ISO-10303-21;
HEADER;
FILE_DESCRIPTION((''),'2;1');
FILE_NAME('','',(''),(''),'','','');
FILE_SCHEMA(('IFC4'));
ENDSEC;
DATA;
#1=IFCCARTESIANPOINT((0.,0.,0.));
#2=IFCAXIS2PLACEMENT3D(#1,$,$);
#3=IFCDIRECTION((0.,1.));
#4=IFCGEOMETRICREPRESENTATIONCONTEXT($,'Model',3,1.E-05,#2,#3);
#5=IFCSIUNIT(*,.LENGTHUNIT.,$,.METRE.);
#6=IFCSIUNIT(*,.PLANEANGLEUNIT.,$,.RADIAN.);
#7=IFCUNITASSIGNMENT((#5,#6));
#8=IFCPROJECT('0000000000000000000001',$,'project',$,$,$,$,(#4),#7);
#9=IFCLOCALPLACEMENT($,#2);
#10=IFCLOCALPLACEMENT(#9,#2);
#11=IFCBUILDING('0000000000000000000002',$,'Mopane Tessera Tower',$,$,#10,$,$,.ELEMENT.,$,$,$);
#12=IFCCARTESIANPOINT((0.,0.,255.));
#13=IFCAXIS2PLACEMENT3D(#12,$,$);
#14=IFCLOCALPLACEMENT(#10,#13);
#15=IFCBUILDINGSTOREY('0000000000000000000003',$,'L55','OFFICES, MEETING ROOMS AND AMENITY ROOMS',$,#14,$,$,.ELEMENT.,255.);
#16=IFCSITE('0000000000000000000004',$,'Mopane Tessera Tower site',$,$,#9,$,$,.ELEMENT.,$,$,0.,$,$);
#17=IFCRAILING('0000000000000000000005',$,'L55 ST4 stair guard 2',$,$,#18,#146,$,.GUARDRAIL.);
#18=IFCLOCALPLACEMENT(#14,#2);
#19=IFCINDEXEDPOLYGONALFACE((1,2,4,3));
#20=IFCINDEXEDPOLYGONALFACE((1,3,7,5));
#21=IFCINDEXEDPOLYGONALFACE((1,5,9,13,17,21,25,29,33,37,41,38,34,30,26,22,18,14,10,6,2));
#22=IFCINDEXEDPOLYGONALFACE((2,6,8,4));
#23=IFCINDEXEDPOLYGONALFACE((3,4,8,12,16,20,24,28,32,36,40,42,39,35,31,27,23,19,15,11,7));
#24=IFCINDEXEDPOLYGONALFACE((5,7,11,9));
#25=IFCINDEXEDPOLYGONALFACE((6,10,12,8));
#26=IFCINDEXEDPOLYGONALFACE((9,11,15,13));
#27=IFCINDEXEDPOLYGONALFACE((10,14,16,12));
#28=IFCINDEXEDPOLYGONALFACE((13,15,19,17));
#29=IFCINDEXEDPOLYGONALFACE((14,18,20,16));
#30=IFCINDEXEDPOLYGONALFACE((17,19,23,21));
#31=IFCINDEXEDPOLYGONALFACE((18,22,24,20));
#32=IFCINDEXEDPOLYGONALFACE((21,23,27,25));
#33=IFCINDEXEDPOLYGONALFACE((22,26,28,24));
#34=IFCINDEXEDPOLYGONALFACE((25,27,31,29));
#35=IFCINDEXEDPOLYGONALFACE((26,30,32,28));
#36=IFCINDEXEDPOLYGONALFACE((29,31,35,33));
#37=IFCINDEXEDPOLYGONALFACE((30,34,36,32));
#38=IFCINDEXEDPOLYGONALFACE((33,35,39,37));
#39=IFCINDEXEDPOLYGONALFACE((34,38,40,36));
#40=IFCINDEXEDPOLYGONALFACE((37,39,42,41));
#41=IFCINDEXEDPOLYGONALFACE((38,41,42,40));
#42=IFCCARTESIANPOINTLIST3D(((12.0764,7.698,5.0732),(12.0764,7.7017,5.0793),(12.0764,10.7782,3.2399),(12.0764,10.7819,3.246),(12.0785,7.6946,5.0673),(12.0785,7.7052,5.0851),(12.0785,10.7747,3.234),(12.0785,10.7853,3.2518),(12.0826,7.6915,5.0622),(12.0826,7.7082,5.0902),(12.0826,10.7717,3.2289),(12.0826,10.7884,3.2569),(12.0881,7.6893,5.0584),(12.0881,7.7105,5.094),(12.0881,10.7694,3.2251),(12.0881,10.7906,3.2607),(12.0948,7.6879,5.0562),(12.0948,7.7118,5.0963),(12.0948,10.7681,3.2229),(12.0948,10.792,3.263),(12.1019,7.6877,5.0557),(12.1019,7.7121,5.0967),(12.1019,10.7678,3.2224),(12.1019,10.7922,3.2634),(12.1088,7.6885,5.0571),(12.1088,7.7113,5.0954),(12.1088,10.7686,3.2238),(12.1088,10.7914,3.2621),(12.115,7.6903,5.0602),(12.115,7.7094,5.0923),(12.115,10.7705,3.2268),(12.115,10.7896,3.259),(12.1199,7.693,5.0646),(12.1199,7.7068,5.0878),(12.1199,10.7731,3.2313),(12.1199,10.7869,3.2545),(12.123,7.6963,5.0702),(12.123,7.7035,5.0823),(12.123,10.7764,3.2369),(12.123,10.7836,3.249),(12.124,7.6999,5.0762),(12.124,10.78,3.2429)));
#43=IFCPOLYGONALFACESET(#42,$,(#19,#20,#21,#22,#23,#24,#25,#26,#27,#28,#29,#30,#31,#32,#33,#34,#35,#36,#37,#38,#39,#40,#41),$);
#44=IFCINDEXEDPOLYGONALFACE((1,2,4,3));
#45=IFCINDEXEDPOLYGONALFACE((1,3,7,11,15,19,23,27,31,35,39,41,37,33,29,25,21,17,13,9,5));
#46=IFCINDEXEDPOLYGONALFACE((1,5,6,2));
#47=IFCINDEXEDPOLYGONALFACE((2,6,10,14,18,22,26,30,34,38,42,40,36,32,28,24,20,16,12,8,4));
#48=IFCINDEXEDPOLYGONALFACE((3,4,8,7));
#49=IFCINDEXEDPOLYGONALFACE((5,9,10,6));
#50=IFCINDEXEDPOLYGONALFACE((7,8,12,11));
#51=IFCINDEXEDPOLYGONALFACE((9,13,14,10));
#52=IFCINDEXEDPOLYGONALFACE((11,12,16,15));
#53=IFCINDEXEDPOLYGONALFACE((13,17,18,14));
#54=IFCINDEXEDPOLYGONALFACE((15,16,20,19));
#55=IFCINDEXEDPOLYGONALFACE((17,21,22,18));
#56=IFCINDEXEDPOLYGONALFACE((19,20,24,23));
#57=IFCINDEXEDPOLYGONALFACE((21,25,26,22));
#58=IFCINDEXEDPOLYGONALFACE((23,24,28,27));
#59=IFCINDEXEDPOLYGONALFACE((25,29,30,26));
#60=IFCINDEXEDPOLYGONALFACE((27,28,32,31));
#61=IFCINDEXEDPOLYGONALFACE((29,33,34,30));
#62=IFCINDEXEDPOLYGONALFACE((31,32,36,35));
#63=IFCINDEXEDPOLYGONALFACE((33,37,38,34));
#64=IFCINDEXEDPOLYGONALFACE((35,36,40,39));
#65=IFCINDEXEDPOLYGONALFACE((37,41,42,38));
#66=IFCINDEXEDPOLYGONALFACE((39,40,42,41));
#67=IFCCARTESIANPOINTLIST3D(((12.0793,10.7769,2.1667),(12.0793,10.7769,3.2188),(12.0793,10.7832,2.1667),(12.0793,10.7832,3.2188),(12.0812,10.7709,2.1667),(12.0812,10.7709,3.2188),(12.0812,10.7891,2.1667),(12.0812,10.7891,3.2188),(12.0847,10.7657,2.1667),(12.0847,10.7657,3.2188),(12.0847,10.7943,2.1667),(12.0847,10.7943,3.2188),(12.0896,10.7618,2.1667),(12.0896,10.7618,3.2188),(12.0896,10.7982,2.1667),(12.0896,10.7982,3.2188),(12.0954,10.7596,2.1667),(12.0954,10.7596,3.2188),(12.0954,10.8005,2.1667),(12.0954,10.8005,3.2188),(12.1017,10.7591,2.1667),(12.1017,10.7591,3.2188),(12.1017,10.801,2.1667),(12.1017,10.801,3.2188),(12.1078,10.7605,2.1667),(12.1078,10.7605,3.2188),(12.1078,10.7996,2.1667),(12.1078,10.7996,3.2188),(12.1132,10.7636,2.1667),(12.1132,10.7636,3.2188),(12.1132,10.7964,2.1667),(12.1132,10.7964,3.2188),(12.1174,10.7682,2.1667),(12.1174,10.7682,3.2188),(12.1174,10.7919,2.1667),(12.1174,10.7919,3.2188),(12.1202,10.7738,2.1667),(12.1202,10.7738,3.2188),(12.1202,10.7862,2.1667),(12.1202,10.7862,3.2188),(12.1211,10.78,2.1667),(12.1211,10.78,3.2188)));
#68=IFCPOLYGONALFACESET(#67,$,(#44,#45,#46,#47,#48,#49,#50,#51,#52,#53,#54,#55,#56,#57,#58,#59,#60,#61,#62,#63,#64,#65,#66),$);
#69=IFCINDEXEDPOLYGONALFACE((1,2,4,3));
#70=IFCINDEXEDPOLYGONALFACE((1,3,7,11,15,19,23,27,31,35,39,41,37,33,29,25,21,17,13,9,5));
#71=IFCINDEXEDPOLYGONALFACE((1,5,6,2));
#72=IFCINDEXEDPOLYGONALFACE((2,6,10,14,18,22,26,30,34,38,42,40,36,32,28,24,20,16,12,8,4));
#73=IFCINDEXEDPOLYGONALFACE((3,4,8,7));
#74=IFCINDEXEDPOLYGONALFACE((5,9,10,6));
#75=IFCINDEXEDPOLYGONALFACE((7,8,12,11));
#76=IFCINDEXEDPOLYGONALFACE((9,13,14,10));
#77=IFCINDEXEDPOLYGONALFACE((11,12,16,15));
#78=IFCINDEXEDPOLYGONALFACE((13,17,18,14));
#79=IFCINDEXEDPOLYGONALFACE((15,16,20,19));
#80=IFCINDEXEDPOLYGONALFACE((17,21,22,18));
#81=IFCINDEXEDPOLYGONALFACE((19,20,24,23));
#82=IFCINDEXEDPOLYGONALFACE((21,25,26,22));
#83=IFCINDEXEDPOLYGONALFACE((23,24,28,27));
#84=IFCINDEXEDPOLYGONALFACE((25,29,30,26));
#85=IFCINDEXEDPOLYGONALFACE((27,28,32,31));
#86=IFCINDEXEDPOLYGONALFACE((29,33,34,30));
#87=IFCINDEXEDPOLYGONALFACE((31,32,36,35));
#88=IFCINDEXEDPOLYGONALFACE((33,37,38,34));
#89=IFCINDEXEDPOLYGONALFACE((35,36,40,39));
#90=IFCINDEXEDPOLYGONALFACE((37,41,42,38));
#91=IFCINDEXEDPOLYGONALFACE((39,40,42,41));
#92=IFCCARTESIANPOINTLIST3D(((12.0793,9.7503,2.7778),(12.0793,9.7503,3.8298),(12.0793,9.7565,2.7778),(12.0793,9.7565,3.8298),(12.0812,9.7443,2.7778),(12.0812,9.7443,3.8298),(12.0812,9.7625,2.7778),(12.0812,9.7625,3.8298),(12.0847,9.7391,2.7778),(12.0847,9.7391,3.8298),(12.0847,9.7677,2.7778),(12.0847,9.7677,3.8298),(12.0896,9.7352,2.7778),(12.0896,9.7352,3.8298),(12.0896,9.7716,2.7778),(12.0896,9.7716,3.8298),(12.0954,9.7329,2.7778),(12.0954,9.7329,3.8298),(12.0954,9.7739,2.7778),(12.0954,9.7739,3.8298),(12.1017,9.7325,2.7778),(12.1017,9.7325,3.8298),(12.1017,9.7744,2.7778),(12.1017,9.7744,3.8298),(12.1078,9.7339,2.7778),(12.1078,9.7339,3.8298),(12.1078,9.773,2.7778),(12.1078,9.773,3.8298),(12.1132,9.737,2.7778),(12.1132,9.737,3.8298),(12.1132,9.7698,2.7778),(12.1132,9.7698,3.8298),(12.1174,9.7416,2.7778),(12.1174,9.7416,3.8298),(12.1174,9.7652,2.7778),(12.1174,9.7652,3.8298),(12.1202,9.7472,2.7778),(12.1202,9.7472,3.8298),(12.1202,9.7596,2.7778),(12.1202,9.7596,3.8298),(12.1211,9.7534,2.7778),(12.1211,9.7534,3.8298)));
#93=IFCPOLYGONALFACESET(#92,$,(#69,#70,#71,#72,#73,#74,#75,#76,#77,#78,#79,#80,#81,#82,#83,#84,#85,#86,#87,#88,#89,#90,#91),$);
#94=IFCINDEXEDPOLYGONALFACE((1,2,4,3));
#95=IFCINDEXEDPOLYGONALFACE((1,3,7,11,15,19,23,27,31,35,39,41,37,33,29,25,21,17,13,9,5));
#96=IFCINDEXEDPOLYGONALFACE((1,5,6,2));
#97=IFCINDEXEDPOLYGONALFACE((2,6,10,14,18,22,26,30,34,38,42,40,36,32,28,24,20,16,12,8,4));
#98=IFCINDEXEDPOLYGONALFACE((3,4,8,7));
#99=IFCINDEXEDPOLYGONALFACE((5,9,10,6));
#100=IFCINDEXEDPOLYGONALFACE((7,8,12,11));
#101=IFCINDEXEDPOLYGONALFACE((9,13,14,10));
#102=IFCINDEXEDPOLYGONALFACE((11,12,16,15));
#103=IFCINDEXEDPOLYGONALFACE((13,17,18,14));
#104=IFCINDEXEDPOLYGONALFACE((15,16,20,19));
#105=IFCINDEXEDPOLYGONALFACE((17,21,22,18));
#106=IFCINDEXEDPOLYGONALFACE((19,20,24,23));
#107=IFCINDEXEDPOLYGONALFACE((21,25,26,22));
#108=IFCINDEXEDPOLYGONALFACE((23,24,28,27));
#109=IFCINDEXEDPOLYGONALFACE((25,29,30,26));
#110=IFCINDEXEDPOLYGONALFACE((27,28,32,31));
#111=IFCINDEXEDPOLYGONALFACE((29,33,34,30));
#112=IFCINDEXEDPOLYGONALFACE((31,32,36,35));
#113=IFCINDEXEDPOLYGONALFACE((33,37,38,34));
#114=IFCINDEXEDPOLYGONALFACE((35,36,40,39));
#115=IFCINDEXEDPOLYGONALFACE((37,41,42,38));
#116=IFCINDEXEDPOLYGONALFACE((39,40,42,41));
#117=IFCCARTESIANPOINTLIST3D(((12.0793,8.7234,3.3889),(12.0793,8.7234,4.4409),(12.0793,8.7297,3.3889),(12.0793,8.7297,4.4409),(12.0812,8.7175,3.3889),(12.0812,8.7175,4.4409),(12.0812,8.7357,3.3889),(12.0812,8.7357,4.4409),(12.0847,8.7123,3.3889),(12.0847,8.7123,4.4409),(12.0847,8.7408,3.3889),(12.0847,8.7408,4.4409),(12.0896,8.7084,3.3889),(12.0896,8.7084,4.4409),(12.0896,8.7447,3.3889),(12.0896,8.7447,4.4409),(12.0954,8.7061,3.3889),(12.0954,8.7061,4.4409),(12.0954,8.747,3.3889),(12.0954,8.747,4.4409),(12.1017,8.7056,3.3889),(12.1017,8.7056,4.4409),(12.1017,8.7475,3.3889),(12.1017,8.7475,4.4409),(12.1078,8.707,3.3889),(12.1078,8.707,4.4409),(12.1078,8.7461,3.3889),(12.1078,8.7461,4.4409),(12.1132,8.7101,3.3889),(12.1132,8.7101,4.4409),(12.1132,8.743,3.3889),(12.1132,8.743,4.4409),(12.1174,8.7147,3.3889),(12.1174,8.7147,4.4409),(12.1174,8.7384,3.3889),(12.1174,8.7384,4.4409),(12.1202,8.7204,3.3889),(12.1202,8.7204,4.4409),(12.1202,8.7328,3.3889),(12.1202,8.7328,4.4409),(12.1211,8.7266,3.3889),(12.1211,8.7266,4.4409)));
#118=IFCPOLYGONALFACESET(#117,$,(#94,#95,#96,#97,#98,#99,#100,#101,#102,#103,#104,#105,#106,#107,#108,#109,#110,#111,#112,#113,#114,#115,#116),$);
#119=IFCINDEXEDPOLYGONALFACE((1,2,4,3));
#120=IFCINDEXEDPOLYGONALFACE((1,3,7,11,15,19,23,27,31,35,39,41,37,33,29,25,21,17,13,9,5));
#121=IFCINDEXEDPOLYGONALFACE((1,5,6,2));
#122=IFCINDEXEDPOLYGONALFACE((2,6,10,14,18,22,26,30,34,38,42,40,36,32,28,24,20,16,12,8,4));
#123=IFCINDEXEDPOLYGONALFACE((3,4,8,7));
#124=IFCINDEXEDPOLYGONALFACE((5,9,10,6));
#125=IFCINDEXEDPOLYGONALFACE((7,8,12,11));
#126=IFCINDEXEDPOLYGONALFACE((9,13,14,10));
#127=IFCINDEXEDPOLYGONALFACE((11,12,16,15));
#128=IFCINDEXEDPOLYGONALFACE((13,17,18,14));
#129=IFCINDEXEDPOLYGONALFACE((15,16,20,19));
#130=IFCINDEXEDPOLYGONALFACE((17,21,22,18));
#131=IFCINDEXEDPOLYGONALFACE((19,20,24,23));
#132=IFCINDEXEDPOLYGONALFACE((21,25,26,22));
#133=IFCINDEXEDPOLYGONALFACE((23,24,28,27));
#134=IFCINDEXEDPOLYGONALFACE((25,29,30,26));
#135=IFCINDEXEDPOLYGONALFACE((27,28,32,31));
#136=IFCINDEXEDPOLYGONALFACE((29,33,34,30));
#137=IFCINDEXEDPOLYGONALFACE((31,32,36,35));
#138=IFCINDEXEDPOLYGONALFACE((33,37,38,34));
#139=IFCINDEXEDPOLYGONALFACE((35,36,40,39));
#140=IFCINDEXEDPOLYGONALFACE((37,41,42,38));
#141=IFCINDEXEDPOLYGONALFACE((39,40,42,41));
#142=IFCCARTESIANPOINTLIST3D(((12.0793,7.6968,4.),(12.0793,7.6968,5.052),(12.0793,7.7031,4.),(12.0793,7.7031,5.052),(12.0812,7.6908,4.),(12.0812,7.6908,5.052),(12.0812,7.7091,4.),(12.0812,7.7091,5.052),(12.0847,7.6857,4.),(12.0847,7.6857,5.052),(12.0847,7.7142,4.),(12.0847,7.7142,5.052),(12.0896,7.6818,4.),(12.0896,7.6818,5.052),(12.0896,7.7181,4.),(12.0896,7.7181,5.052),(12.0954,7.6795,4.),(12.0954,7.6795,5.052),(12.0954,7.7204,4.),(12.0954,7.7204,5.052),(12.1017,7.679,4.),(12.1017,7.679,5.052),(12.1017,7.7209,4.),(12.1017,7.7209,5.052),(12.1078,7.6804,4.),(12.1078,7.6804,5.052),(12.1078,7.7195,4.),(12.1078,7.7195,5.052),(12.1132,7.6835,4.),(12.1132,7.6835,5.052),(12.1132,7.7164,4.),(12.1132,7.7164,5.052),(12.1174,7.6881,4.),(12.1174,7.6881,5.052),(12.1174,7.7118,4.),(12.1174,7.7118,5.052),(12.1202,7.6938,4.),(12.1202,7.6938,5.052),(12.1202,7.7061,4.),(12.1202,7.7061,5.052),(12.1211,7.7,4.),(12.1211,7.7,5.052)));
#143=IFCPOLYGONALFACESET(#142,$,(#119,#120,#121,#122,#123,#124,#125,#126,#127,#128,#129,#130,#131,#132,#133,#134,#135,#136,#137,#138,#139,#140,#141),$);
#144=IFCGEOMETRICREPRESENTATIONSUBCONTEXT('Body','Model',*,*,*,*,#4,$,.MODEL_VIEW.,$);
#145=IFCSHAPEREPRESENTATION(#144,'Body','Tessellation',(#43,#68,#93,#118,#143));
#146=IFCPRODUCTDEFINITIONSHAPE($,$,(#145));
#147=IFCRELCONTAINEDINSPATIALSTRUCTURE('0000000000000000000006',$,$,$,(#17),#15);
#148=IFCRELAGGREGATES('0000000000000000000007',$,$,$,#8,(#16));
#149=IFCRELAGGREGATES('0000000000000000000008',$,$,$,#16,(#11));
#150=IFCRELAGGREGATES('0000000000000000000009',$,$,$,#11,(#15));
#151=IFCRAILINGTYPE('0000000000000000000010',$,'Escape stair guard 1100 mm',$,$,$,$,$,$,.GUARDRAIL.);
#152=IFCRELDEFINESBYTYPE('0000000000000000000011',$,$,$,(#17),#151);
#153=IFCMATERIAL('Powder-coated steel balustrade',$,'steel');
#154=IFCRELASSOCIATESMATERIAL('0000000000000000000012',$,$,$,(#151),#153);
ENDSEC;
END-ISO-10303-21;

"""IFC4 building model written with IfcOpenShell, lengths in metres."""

from ifc_helpers import new_model, si_unit, direction, frame, origin, origin_2d, place, context, subcontext, project, spatial, circle, extrude, material, type_object, element, save


model = new_model("IFC4")

# Units and contexts
model_context = context("Model", 3, precision=1e-05, world=origin(), true_north=direction((0.0, 1.0)))
body_context = subcontext(model_context, "Body", "Model", "MODEL_VIEW")
ifc_project = project(units=[si_unit("LENGTHUNIT", "METRE"), si_unit("PLANEANGLEUNIT", "RADIAN")], contexts=[model_context])

# Site, building, storey
site_placement = place(None, origin())
site = spatial("IfcSite", under=ifc_project, at=site_placement, Name="Mopane Tessera Tower site", CompositionType="ELEMENT", RefElevation=0.0)
building_placement = place(site_placement, origin())
building = spatial("IfcBuilding", under=site, at=building_placement, Name="Mopane Tessera Tower", CompositionType="ELEMENT")
storey_placement = place(building_placement, frame((0.0, 0.0, 255.0)))
storey = spatial("IfcBuildingStorey", under=building, at=storey_placement, Name="L55", Description="OFFICES, MEETING ROOMS AND AMENITY ROOMS", CompositionType="ELEMENT", Elevation=255.0)

# Railing
ifc_material_1 = material(Name="Powder-coated steel balustrade", Category="steel")
railing_type_1 = type_object("IfcRailingType", Name="Escape stair guard 1100 mm", PredefinedType="GUARDRAIL", material=ifc_material_1)
railing_1_placement = place(storey_placement, frame((12.1001, 10.78, 2.1667)))
element("IfcRailing", 1, at=railing_1_placement, inside=storey, type_object=railing_type_1, Name="L55 ST4 stair guard 2", PredefinedType="GUARDRAIL", context=body_context, shape_type="SweptSolid", body=[
    extrude(circle(Radius=0.0239, at=origin_2d()), frame((0.0, 0.0, 1.0762), z_axis=(0.0, -0.859309, 0.511458), x_axis=(1.0, 0.0, 0.0)), (0.0, 0.0, 1.0), 3.5845),
    extrude(circle(Radius=0.021, at=origin_2d()), origin(), (0.0, 0.0, 1.0), 1.052),
    extrude(circle(Radius=0.021, at=origin_2d()), frame((0.0, -1.0266, 0.6111)), (0.0, 0.0, 1.0), 1.052),
    extrude(circle(Radius=0.021, at=origin_2d()), frame((0.0, -2.0535, 1.2222)), (0.0, 0.0, 1.0), 1.052),
    extrude(circle(Radius=0.021, at=origin_2d()), frame((0.0, -3.0801, 1.8333)), (0.0, 0.0, 1.0), 1.052),
])

save(model, "model.ifc")
